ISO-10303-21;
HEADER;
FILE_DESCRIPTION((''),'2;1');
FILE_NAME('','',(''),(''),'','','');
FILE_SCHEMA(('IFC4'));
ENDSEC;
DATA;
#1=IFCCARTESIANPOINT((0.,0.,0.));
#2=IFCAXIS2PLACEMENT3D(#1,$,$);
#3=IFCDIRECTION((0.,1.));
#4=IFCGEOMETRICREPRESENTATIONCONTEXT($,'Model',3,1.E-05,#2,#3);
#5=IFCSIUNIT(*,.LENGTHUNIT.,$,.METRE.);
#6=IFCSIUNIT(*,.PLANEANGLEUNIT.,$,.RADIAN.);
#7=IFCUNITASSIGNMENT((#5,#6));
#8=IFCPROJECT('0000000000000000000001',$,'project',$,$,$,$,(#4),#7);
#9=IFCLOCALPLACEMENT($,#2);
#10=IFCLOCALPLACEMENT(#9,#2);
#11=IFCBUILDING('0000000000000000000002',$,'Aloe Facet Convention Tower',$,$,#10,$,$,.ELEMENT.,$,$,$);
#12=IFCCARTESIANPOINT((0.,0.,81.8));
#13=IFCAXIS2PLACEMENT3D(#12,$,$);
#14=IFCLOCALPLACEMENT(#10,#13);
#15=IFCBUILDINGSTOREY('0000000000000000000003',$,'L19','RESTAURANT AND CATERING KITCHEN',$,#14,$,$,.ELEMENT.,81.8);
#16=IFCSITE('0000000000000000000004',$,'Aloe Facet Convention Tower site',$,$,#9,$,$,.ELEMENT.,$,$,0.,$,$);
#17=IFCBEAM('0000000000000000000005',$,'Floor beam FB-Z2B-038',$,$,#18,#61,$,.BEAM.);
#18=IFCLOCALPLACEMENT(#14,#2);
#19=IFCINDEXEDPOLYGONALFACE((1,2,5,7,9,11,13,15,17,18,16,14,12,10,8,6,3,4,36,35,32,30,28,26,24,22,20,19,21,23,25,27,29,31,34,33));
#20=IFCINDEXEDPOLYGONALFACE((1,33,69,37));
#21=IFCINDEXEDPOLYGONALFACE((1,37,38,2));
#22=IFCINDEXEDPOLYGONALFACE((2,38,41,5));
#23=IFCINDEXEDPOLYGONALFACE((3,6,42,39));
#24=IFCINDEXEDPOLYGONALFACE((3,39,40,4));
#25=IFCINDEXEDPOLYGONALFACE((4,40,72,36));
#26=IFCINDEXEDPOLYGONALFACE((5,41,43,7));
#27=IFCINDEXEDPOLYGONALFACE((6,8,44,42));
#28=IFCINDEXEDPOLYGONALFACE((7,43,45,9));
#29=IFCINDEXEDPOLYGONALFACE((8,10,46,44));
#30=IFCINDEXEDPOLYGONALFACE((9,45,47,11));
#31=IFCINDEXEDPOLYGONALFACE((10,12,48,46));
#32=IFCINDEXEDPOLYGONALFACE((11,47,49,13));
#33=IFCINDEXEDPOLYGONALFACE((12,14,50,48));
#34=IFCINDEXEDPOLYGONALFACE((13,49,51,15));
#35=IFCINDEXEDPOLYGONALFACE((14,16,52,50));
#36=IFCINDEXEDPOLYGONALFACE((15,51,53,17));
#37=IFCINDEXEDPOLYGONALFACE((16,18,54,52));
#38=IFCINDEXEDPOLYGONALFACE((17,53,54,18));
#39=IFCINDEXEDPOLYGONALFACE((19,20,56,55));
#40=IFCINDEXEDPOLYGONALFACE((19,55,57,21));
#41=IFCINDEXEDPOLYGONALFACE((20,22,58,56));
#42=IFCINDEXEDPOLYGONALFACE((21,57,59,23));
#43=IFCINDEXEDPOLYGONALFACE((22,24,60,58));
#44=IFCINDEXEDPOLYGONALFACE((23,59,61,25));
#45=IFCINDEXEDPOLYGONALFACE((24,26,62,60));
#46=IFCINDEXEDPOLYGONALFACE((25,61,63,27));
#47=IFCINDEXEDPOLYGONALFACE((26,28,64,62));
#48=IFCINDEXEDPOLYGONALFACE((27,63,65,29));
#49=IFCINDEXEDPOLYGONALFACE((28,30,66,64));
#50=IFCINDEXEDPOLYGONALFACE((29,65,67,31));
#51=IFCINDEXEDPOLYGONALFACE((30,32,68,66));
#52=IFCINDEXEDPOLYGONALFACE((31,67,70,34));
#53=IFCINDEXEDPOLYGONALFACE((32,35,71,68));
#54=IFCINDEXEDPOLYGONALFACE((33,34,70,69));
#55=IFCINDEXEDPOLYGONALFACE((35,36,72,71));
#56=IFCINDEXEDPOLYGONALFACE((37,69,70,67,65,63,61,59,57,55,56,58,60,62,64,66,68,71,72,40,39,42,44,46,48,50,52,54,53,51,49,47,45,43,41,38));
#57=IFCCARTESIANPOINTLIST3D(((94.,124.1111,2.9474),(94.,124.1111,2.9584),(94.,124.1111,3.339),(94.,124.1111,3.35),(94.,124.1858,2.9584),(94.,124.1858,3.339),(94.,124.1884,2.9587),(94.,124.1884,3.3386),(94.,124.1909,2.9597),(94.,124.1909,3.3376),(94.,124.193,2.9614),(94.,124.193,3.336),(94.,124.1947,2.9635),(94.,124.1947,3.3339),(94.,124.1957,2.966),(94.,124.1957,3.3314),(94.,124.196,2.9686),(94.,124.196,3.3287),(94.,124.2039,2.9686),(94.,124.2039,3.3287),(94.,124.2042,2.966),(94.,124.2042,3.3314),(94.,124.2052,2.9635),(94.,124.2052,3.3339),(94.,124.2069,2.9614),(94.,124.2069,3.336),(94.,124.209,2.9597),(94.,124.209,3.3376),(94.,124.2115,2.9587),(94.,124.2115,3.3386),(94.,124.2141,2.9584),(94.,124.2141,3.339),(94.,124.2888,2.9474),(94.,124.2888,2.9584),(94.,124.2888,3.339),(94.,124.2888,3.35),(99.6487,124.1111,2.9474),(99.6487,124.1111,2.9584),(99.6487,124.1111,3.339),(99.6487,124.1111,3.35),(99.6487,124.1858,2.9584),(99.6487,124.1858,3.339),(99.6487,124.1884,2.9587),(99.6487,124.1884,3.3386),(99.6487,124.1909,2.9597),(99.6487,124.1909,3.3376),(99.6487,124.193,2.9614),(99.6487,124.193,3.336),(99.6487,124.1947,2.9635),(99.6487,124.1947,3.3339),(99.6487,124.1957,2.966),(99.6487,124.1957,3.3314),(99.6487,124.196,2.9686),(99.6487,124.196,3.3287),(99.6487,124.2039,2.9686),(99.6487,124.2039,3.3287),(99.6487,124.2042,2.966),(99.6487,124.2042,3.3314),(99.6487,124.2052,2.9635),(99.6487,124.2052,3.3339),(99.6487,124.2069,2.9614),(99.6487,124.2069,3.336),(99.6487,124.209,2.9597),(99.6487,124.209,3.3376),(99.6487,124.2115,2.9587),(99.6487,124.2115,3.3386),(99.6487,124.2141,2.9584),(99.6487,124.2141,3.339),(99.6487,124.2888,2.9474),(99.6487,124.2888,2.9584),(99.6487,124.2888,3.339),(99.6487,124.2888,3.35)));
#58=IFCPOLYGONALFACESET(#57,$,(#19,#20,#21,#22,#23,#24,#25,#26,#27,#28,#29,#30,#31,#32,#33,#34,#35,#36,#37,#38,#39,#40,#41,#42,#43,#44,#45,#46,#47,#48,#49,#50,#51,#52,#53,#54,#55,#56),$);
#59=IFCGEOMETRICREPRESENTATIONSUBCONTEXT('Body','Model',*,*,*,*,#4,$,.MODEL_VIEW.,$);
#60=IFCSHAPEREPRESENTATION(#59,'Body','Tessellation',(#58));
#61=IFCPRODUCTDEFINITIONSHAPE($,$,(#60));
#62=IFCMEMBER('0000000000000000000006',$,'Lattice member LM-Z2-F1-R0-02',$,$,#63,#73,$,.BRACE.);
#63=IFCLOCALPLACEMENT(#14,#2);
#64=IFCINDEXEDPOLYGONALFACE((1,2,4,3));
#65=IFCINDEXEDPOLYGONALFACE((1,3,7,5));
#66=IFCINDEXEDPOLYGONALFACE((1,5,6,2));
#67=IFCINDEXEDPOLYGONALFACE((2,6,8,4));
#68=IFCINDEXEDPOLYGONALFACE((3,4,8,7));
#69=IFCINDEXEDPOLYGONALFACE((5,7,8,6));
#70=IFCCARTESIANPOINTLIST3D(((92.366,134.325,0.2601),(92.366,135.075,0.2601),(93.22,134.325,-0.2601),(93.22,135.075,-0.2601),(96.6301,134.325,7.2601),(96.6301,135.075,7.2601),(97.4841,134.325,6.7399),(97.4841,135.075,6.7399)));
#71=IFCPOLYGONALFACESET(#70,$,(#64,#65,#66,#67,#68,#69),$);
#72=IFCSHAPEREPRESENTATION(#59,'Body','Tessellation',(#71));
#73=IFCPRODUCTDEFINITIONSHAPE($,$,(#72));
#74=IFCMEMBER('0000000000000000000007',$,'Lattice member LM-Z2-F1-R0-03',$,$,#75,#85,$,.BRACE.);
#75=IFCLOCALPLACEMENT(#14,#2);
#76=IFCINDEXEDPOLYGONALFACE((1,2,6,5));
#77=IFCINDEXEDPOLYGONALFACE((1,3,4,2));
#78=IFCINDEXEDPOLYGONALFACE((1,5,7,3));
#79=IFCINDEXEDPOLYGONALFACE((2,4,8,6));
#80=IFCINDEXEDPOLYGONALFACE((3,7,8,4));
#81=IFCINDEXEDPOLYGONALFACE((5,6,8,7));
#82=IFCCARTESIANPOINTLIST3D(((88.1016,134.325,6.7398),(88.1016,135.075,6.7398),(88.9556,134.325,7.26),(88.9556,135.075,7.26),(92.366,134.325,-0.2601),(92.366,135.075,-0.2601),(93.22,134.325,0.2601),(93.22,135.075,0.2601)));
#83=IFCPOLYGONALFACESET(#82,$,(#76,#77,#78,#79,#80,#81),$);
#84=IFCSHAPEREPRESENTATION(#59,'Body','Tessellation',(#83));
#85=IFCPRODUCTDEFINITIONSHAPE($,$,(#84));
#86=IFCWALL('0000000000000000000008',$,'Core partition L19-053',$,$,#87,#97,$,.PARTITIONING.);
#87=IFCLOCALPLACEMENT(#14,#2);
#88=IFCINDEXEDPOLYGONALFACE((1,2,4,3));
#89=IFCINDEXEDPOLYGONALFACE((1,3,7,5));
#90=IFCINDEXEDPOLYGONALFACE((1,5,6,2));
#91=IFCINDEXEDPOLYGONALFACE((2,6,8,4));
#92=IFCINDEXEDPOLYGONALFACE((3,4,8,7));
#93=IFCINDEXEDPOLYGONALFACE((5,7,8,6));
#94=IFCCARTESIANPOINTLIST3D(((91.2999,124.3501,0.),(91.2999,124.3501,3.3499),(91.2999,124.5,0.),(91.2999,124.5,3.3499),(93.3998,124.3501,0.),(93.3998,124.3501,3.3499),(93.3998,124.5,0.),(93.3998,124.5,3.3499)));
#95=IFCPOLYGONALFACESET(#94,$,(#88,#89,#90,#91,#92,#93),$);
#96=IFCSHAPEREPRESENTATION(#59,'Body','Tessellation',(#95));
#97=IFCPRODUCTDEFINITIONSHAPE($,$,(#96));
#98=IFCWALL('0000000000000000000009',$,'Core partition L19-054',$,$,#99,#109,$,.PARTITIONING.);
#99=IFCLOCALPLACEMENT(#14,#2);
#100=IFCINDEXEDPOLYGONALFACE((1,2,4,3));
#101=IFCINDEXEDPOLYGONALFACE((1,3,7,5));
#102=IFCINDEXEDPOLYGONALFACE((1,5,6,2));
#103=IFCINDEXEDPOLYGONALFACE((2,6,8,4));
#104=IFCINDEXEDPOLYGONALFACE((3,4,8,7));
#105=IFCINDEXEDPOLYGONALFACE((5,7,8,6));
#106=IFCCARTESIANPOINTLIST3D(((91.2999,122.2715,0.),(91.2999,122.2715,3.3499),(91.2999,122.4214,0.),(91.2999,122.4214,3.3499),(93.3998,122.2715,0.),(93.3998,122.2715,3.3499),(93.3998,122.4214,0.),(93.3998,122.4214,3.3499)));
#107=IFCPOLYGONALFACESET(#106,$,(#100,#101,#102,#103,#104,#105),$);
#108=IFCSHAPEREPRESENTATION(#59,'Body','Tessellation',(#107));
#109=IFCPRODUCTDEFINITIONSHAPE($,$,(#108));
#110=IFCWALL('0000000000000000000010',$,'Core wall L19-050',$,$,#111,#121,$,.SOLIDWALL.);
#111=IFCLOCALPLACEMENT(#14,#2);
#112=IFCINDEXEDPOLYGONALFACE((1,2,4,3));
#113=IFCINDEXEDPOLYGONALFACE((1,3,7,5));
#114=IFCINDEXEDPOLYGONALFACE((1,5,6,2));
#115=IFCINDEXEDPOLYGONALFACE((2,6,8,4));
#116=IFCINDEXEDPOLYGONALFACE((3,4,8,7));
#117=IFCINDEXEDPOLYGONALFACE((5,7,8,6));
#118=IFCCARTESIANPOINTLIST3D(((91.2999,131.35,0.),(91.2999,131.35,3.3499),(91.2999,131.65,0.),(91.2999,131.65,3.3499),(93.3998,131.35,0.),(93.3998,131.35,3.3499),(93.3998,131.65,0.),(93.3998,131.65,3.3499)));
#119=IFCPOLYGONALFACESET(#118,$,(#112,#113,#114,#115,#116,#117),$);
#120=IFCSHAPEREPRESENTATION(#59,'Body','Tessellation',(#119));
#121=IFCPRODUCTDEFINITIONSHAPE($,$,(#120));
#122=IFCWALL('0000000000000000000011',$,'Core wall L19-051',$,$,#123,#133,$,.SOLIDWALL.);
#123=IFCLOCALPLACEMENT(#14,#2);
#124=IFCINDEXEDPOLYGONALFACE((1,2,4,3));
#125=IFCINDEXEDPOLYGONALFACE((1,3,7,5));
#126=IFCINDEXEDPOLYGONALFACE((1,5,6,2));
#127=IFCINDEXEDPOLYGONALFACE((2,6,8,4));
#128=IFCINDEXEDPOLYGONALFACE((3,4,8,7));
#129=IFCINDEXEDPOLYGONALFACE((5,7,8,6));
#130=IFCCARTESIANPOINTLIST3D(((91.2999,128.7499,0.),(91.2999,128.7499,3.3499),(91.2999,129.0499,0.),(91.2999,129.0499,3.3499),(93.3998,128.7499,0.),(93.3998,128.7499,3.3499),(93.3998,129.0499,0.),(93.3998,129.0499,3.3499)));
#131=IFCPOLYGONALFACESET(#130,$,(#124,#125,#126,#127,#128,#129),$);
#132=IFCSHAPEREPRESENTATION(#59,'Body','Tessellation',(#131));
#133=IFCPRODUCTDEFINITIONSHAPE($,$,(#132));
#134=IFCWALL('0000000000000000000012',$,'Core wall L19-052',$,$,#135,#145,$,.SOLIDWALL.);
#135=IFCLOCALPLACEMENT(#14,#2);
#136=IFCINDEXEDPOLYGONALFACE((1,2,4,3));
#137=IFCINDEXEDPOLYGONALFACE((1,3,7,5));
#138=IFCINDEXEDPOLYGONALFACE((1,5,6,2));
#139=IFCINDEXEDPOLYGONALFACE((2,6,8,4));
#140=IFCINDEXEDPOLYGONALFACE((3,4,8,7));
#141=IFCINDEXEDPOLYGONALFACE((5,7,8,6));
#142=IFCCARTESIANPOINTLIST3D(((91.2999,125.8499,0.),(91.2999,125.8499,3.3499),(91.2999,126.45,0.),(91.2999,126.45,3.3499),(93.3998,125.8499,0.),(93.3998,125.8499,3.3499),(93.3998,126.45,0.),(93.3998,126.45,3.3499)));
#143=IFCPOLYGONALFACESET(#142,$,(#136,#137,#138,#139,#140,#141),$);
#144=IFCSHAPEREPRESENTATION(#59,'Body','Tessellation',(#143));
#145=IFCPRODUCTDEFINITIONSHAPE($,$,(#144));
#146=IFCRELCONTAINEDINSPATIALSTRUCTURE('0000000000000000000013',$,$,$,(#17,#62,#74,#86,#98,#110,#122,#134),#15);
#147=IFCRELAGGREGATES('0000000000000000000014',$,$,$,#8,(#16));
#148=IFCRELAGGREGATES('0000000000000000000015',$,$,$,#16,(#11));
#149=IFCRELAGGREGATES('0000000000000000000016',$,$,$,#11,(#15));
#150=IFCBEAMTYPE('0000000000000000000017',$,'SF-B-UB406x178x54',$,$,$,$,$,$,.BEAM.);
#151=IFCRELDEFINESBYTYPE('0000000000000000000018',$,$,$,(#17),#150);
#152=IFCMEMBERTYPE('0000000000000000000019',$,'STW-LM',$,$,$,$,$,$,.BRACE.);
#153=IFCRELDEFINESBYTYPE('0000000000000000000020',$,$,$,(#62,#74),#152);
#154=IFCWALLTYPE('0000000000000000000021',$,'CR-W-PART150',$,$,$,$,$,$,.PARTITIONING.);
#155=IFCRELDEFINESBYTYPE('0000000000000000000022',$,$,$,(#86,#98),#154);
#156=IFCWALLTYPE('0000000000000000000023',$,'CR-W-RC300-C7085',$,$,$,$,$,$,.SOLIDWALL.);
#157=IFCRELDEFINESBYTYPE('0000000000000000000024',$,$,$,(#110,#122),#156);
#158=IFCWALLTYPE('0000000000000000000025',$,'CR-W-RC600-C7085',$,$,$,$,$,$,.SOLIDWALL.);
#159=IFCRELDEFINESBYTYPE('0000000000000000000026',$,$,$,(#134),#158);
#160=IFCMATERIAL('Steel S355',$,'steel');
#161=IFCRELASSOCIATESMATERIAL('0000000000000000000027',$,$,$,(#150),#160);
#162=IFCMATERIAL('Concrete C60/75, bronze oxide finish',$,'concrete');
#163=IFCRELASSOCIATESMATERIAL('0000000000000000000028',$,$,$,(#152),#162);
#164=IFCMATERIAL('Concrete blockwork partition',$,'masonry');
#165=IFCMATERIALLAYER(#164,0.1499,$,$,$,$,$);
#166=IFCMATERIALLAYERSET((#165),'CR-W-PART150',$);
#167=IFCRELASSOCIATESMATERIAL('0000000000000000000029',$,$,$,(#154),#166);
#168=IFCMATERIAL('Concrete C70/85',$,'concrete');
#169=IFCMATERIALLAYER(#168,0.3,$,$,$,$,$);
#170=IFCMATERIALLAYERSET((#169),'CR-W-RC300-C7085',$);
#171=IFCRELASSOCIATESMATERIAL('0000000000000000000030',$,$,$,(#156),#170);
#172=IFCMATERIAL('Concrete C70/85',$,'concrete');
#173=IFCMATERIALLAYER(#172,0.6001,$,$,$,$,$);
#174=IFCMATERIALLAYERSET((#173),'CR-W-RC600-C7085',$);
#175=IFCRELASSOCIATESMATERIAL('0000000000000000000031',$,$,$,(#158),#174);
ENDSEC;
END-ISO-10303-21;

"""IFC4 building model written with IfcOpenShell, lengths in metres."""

from ifc_helpers import new_model, si_unit, direction, frame, frame_2d, origin, origin_2d, place, context, subcontext, project, spatial, rectangle, i_section, extrude, material, layer, layer_set, material_profile, profile_set, type_object, element, save


model = new_model("IFC4")

# Units and contexts
model_context = context("Model", 3, precision=1e-05, world=origin(), true_north=direction((0.0, 1.0)))
body_context = subcontext(model_context, "Body", "Model", "MODEL_VIEW")
ifc_project = project(units=[si_unit("LENGTHUNIT", "METRE"), si_unit("PLANEANGLEUNIT", "RADIAN")], contexts=[model_context])

# Site, building, storey
site_placement = place(None, origin())
site = spatial("IfcSite", under=ifc_project, at=site_placement, Name="Aloe Facet Convention Tower site", CompositionType="ELEMENT", RefElevation=0.0)
building_placement = place(site_placement, origin())
building = spatial("IfcBuilding", under=site, at=building_placement, Name="Aloe Facet Convention Tower", CompositionType="ELEMENT")
storey_placement = place(building_placement, frame((0.0, 0.0, 81.8)))
storey = spatial("IfcBuildingStorey", under=building, at=storey_placement, Name="L19", Description="RESTAURANT AND CATERING KITCHEN", CompositionType="ELEMENT", Elevation=81.8)

# Beam
ifc_material_1 = material(Name="Steel S355", Category="steel")
ifc_material_profile_1 = material_profile(ifc_material_1, i_section(OverallWidth=0.1777, OverallDepth=0.4026, WebThickness=0.0078, FlangeThickness=0.011, FilletRadius=0.0103, at=origin_2d()), Name="UB 406x178x54")
ifc_profile_set_1 = profile_set([ifc_material_profile_1], Name="Steel S355")
beam_type = type_object("IfcBeamType", Name="SF-B-UB406x178x54", PredefinedType="BEAM", material=ifc_profile_set_1)
beam_placement = place(storey_placement, frame((94.0, 124.2, 3.1487), z_axis=(1.0, 0.0, 0.0), x_axis=(0.0, 1.0, 0.0)))
element("IfcBeam", 1, at=beam_placement, inside=storey, type_object=beam_type, Name="Floor beam FB-Z2B-038", PredefinedType="BEAM", context=body_context, shape_type="SweptSolid", body=[
    extrude(i_section(OverallWidth=0.1777, OverallDepth=0.4026, WebThickness=0.0078, FlangeThickness=0.011, FilletRadius=0.0103, at=origin_2d()), origin(), (0.0, 0.0, 1.0), 5.6487),
])

# Members
ifc_material_2 = material(Name="Concrete C60/75, bronze oxide finish", Category="concrete")
ifc_material_profile_2 = material_profile(ifc_material_2, rectangle(XDim=0.75, YDim=1.0, at=origin_2d()), Name="STW-LM")
ifc_profile_set_2 = profile_set([ifc_material_profile_2], Name="Concrete C60/75, bronze oxide finish")
member_type = type_object("IfcMemberType", Name="STW-LM", PredefinedType="BRACE", material=ifc_profile_set_2)
for number, where, z_axis, x_axis, name in (
    (2, (92.793, 134.7, 0.0), (0.52024, 0.0, 0.85402), (0.0, 1.0, 0.0), "Lattice member LM-Z2-F1-R0-02"),
    (3, (92.793, 134.7, 0.0), (-0.520262, 0.0, 0.854007), (0.0, -1.0, 0.0), "Lattice member LM-Z2-F1-R0-03"),
):
    element("IfcMember", number, at=place(storey_placement, frame(where, z_axis=z_axis, x_axis=x_axis)), inside=storey, type_object=member_type, Name=name, PredefinedType="BRACE", context=body_context, shape_type="SweptSolid", body=[
        extrude(rectangle(XDim=0.75, YDim=1.0, at=origin_2d()), origin(), (0.0, 0.0, 1.0), 8.1965),
    ])

# Walls
ifc_material_3 = material(Name="Concrete blockwork partition", Category="masonry")
ifc_layer_1 = layer(ifc_material_3, 0.1499)
ifc_layer_set_1 = layer_set([ifc_layer_1], Name="CR-W-PART150")
wall_type_1 = type_object("IfcWallType", Name="CR-W-PART150", PredefinedType="PARTITIONING", material=ifc_layer_set_1)
for number, where, z_axis, x_axis, name in (
    (4, (91.3, 124.425, 0.0), (0.0, 0.0, 1.0), (1.0, 0.0, 0.0), "Core partition L19-053"),
    (5, (91.3, 122.3464, 0.0), (0.0, 0.0, 1.0), (1.0, 0.0, 0.0), "Core partition L19-054"),
):
    element("IfcWall", number, at=place(storey_placement, frame(where, z_axis=z_axis, x_axis=x_axis)), inside=storey, type_object=wall_type_1, Name=name, PredefinedType="PARTITIONING", context=body_context, shape_type="SweptSolid", body=[
        extrude(rectangle(XDim=2.0999, YDim=0.1499, at=frame_2d((1.0498, 0.0))), origin(), (0.0, 0.0, 1.0), 3.3499),
    ])
ifc_material_4 = material(Name="Concrete C70/85", Category="concrete")
ifc_layer_2 = layer(ifc_material_4, 0.3)
ifc_layer_set_2 = layer_set([ifc_layer_2], Name="CR-W-RC300-C7085")
wall_type_2 = type_object("IfcWallType", Name="CR-W-RC300-C7085", PredefinedType="SOLIDWALL", material=ifc_layer_set_2)
for number, where, z_axis, x_axis, name in (
    (6, (91.3, 131.5, 0.0), (0.0, 0.0, 1.0), (1.0, 0.0, 0.0), "Core wall L19-050"),
    (7, (91.3, 128.8999, 0.0), (0.0, 0.0, 1.0), (1.0, 0.0, 0.0), "Core wall L19-051"),
):
    element("IfcWall", number, at=place(storey_placement, frame(where, z_axis=z_axis, x_axis=x_axis)), inside=storey, type_object=wall_type_2, Name=name, PredefinedType="SOLIDWALL", context=body_context, shape_type="SweptSolid", body=[
        extrude(rectangle(XDim=2.0999, YDim=0.3, at=frame_2d((1.0498, 0.0))), origin(), (0.0, 0.0, 1.0), 3.3499),
    ])
ifc_material_5 = material(Name="Concrete C70/85", Category="concrete")
ifc_layer_3 = layer(ifc_material_5, 0.6001)
ifc_layer_set_3 = layer_set([ifc_layer_3], Name="CR-W-RC600-C7085")
wall_type_3 = type_object("IfcWallType", Name="CR-W-RC600-C7085", PredefinedType="SOLIDWALL", material=ifc_layer_set_3)
wall_1_placement = place(storey_placement, frame((91.3, 126.1499, 0.0), z_axis=(0.0, 0.0, 1.0), x_axis=(1.0, 0.0, 0.0)))
element("IfcWall", 8, at=wall_1_placement, inside=storey, type_object=wall_type_3, Name="Core wall L19-052", PredefinedType="SOLIDWALL", context=body_context, shape_type="SweptSolid", body=[
    extrude(rectangle(XDim=2.0999, YDim=0.6001, at=frame_2d((1.0498, 0.0))), origin(), (0.0, 0.0, 1.0), 3.3499),
])

save(model, "model.ifc")
